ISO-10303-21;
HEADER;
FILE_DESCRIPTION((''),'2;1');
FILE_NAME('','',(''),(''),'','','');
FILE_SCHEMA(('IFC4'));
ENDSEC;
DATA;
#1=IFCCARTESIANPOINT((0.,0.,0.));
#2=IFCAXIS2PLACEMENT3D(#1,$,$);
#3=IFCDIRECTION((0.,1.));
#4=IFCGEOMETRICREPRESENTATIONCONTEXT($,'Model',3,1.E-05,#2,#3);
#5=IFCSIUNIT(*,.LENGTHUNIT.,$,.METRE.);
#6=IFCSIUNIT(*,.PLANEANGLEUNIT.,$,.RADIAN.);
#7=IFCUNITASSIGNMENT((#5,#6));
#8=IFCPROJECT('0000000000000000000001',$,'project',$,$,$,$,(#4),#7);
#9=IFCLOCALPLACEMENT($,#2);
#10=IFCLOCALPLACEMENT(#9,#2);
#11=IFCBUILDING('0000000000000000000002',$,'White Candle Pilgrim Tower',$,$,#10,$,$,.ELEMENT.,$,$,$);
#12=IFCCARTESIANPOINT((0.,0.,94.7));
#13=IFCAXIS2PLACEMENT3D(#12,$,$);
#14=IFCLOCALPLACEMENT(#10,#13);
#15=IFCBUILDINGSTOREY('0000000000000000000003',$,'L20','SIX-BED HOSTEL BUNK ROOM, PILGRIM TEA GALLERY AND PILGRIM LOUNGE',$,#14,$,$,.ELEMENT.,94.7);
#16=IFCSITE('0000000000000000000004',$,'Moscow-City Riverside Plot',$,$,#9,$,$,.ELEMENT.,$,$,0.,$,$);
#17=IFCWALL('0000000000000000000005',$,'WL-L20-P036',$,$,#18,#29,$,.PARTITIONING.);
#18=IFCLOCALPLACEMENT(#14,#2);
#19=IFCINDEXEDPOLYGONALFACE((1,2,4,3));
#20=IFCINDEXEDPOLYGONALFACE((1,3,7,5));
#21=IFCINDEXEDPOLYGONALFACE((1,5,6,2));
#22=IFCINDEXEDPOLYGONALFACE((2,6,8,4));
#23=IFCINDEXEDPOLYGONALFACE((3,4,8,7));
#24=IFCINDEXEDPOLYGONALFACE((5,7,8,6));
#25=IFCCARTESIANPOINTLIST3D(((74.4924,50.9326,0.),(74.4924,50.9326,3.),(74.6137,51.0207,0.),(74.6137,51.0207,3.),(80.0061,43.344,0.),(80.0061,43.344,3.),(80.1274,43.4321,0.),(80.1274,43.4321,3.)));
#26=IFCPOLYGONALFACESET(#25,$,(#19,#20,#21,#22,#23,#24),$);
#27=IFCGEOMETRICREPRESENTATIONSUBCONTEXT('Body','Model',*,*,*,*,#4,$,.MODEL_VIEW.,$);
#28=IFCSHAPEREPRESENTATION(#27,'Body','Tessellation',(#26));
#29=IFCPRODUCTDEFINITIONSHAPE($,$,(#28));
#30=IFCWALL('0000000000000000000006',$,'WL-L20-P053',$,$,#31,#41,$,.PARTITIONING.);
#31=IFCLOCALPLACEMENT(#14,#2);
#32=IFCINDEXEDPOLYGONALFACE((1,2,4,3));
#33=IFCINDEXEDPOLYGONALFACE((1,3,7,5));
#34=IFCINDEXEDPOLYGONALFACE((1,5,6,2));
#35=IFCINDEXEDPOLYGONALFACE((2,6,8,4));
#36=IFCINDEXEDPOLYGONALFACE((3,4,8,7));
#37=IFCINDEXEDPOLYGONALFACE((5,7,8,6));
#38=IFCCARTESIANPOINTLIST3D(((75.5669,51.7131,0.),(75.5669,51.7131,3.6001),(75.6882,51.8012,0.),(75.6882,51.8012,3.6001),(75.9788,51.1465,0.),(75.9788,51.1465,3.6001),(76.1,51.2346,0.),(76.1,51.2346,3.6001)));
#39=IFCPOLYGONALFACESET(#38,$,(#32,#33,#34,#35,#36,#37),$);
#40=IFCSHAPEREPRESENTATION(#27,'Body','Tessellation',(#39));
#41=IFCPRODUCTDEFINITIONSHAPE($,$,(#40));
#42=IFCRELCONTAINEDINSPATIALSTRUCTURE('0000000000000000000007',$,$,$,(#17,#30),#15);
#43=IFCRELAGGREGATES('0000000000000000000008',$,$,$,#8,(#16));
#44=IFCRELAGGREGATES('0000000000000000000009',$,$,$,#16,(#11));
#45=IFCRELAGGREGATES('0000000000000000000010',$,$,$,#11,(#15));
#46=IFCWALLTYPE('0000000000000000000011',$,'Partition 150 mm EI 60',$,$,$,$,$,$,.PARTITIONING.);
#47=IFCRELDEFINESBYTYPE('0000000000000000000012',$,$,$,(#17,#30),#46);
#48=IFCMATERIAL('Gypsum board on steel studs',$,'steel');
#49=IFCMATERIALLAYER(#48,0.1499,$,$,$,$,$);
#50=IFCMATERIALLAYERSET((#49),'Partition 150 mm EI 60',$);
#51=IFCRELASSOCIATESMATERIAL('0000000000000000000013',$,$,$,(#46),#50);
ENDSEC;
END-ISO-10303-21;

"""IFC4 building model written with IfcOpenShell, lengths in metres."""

from ifc_helpers import new_model, si_unit, direction, frame, frame_2d, origin, place, context, subcontext, project, spatial, rectangle, extrude, material, layer, layer_set, type_object, element, save


model = new_model("IFC4")

# Units and contexts
model_context = context("Model", 3, precision=1e-05, world=origin(), true_north=direction((0.0, 1.0)))
body_context = subcontext(model_context, "Body", "Model", "MODEL_VIEW")
ifc_project = project(units=[si_unit("LENGTHUNIT", "METRE"), si_unit("PLANEANGLEUNIT", "RADIAN")], contexts=[model_context])

# Site, building, storey
site_placement = place(None, origin())
site = spatial("IfcSite", under=ifc_project, at=site_placement, Name="Moscow-City Riverside Plot", CompositionType="ELEMENT", RefElevation=0.0)
building_placement = place(site_placement, origin())
building = spatial("IfcBuilding", under=site, at=building_placement, Name="White Candle Pilgrim Tower", CompositionType="ELEMENT")
storey_placement = place(building_placement, frame((0.0, 0.0, 94.7)))
storey = spatial("IfcBuildingStorey", under=building, at=storey_placement, Name="L20", Description="SIX-BED HOSTEL BUNK ROOM, PILGRIM TEA GALLERY AND PILGRIM LOUNGE", CompositionType="ELEMENT", Elevation=94.7)

# Shared definitions
ifc_material_1 = material(Name="Gypsum board on steel studs", Category="steel")

# Walls
ifc_layer_1 = layer(ifc_material_1, 0.1499)
ifc_layer_set_1 = layer_set([ifc_layer_1], Name="Partition 150 mm EI 60")
wall_type_1 = type_object("IfcWallType", Name="Partition 150 mm EI 60", PredefinedType="PARTITIONING", material=ifc_layer_set_1)
wall_1_placement = place(storey_placement, frame((80.0667, 43.3882, 0.0), z_axis=(0.0, 0.0, 1.0), x_axis=(-0.5878, 0.809006, 0.0)))
element("IfcWall", 1, at=wall_1_placement, inside=storey, type_object=wall_type_1, Name="WL-L20-P036", PredefinedType="PARTITIONING", context=body_context, shape_type="SweptSolid", body=[
    extrude(rectangle(XDim=9.3801, YDim=0.1499, at=frame_2d((4.6899, 0.0))), origin(), (0.0, 0.0, 1.0), 3.0),
])
wall_2_placement = place(storey_placement, frame((76.0393, 51.1907, 0.0), z_axis=(0.0, 0.0, 1.0), x_axis=(-0.587944, 0.808902, 0.0)))
element("IfcWall", 2, at=wall_2_placement, inside=storey, type_object=wall_type_1, Name="WL-L20-P053", PredefinedType="PARTITIONING", context=body_context, shape_type="SweptSolid", body=[
    extrude(rectangle(XDim=0.7004, YDim=0.1499, at=frame_2d((0.3501, 0.0))), origin(), (0.0, 0.0, 1.0), 3.6001),
])

save(model, "model.ifc")
